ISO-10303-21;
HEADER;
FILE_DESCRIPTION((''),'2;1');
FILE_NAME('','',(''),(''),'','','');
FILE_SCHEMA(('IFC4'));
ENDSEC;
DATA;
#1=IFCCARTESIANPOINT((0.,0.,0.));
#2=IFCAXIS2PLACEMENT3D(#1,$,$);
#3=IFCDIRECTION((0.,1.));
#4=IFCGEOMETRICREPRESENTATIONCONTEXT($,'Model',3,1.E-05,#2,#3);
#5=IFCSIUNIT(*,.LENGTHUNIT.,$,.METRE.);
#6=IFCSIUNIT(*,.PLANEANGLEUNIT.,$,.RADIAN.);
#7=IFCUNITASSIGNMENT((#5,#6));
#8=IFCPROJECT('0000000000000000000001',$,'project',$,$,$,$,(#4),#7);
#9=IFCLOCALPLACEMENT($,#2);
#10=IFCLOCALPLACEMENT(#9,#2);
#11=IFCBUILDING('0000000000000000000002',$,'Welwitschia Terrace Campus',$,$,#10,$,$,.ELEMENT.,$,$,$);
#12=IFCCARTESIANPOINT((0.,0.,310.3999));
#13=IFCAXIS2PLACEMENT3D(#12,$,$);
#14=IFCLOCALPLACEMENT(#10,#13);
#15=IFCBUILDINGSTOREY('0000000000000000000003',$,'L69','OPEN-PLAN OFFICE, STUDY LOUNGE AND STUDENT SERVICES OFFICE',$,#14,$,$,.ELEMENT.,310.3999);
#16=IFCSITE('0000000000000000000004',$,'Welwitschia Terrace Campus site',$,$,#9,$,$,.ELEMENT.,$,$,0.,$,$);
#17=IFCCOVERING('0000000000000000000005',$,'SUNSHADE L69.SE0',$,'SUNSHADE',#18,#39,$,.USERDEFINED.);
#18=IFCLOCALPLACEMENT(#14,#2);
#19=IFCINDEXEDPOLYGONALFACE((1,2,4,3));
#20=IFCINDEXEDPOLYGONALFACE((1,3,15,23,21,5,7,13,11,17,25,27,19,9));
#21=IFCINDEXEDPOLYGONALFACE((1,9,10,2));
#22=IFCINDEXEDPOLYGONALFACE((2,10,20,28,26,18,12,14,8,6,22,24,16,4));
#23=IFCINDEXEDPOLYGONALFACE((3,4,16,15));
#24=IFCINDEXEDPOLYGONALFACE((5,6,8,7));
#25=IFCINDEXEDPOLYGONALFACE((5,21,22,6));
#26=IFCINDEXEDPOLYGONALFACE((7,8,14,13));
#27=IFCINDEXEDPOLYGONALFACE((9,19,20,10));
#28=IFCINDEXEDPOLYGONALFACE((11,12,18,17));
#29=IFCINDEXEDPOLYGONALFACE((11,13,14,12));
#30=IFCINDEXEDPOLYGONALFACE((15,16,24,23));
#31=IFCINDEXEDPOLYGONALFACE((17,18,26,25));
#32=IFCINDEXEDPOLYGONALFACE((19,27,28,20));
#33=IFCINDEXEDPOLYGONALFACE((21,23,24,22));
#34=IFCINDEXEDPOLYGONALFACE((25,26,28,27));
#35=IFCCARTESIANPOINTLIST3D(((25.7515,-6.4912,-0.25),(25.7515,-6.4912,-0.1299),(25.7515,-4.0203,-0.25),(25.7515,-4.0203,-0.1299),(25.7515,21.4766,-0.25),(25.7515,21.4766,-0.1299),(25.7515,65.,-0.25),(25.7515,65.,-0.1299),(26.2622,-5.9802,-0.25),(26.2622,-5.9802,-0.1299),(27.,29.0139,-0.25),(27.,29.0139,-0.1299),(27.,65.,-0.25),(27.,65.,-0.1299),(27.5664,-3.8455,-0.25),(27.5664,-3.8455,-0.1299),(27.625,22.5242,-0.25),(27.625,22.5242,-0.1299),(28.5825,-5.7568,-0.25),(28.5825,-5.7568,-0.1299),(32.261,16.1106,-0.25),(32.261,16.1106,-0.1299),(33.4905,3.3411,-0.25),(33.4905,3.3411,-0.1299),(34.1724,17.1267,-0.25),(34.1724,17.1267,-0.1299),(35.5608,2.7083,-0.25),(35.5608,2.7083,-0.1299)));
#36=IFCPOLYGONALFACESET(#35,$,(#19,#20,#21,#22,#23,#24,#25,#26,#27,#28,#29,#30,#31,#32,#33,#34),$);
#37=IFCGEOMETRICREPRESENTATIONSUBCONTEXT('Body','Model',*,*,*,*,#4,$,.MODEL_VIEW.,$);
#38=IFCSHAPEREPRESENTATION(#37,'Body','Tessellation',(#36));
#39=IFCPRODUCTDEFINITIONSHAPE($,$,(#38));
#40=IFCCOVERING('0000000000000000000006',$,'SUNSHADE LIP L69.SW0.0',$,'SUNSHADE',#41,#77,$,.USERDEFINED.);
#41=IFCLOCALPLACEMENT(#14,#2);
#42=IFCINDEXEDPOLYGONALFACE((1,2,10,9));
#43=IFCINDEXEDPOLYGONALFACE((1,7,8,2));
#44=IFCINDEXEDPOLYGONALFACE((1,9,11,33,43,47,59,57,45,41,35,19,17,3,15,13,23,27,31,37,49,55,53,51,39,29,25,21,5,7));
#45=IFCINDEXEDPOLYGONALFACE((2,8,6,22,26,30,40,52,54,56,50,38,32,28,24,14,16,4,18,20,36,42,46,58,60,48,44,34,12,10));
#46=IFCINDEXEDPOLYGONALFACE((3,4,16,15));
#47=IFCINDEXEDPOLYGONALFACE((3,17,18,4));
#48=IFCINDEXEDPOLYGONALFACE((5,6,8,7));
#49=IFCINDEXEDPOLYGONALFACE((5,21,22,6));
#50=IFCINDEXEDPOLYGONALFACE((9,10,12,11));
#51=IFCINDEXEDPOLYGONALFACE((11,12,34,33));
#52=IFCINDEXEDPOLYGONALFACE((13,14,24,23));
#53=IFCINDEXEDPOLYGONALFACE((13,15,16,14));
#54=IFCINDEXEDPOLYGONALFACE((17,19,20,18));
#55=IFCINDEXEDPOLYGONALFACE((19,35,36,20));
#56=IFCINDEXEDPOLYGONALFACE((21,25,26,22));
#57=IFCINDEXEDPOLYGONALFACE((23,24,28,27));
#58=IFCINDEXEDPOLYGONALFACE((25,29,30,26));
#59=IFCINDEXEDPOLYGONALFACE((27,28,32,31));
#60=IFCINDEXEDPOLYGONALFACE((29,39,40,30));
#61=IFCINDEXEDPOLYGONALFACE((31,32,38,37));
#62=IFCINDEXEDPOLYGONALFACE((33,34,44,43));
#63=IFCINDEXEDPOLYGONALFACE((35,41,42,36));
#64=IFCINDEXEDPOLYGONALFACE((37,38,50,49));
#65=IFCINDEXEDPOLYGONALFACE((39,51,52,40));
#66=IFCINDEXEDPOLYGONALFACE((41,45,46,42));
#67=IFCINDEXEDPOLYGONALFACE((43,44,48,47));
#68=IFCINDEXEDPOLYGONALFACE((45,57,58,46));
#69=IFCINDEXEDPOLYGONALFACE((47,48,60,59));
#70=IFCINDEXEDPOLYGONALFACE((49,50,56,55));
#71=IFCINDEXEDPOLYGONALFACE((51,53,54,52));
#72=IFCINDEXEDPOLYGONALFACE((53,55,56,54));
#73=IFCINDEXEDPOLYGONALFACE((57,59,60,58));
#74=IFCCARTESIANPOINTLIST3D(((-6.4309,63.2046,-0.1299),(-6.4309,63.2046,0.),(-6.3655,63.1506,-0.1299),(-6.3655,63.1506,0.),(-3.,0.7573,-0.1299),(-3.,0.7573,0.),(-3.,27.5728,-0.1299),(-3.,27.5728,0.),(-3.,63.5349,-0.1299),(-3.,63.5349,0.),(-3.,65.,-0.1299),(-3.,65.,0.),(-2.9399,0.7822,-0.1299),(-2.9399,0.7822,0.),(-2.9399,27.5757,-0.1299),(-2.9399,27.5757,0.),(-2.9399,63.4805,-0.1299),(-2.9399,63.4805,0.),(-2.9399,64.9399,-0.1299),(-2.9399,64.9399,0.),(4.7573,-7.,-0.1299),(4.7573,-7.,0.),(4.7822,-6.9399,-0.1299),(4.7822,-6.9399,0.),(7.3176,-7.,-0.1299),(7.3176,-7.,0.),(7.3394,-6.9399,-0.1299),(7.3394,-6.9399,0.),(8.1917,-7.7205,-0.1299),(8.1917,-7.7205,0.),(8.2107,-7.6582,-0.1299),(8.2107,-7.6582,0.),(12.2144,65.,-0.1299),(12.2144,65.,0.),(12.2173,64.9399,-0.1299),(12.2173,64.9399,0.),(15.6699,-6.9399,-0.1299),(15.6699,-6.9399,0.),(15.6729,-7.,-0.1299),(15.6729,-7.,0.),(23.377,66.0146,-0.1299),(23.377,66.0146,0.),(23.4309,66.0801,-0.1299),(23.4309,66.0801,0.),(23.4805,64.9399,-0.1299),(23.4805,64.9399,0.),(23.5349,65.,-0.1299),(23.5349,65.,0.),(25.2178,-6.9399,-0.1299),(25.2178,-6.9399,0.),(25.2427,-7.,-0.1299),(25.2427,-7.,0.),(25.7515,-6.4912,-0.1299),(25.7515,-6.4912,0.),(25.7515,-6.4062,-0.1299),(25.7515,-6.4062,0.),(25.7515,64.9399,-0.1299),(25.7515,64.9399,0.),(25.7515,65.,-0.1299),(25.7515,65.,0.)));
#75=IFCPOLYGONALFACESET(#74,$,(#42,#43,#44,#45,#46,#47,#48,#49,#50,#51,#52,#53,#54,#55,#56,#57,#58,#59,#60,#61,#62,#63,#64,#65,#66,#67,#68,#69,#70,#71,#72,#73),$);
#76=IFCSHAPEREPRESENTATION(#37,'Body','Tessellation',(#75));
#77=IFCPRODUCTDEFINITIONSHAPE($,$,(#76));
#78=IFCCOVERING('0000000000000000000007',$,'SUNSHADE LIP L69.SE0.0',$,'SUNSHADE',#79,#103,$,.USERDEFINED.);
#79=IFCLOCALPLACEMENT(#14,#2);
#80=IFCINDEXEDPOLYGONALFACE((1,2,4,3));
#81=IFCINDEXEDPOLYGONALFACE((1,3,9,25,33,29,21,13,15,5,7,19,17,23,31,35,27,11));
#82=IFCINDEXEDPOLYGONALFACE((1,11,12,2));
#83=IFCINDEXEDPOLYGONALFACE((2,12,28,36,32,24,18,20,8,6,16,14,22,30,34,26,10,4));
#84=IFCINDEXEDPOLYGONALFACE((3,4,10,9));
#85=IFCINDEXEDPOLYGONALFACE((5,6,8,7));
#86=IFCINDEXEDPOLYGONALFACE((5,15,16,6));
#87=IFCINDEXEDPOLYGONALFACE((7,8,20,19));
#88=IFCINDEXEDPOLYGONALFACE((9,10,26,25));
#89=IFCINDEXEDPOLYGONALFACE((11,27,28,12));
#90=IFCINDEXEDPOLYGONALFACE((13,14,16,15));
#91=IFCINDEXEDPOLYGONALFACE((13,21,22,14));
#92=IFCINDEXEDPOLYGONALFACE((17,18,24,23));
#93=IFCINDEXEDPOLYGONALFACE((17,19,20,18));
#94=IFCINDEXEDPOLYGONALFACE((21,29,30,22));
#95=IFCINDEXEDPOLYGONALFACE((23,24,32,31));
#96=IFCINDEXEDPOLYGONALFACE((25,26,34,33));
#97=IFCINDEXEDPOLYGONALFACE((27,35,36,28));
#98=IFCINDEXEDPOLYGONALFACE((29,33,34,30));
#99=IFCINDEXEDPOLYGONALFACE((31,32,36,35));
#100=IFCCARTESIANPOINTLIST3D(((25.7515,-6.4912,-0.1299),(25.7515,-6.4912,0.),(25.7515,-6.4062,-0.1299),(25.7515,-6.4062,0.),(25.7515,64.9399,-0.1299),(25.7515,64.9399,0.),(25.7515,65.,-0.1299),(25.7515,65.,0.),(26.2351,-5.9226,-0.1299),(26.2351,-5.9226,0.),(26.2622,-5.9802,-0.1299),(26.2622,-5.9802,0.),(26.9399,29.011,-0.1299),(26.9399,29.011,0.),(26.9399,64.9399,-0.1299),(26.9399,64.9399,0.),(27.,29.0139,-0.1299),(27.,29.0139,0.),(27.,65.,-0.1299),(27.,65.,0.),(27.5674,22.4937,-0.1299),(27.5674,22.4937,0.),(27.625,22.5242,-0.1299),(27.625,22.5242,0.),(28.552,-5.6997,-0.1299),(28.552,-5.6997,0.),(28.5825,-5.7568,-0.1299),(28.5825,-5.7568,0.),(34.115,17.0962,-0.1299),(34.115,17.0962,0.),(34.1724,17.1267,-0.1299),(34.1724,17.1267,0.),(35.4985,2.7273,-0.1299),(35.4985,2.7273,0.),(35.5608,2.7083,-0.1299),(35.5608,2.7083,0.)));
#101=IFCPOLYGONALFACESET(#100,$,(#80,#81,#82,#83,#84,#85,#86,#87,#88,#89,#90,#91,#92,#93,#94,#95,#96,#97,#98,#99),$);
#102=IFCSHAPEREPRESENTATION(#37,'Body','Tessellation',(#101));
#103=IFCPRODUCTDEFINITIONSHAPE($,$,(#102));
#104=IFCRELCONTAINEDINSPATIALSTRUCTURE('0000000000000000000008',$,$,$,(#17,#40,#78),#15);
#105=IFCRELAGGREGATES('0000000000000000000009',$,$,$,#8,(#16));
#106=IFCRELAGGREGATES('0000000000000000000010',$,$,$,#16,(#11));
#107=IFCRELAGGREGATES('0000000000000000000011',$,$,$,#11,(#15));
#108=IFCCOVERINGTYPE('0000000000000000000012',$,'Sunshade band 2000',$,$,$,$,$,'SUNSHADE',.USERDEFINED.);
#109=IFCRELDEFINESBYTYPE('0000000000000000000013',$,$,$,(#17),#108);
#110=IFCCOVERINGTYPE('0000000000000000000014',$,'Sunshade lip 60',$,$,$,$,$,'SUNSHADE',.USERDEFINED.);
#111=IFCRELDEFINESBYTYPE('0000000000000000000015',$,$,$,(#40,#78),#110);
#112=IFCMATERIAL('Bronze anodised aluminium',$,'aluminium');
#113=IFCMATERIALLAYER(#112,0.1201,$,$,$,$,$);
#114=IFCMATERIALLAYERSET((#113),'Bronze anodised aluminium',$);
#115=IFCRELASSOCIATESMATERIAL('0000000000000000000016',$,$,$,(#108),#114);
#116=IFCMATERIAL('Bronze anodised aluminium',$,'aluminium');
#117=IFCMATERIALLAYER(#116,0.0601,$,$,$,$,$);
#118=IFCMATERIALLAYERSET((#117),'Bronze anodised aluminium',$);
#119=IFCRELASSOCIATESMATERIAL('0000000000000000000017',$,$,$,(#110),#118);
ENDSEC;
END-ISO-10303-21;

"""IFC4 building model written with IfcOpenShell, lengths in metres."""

from ifc_helpers import new_model, si_unit, direction, frame, origin, place, context, subcontext, project, spatial, polyline, outline, extrude, material, layer, layer_set, type_object, element, save


model = new_model("IFC4")

# Units and contexts
model_context = context("Model", 3, precision=1e-05, world=origin(), true_north=direction((0.0, 1.0)))
body_context = subcontext(model_context, "Body", "Model", "MODEL_VIEW")
ifc_project = project(units=[si_unit("LENGTHUNIT", "METRE"), si_unit("PLANEANGLEUNIT", "RADIAN")], contexts=[model_context])

# Site, building, storey
site_placement = place(None, origin())
site = spatial("IfcSite", under=ifc_project, at=site_placement, Name="Welwitschia Terrace Campus site", CompositionType="ELEMENT", RefElevation=0.0)
building_placement = place(site_placement, origin())
building = spatial("IfcBuilding", under=site, at=building_placement, Name="Welwitschia Terrace Campus", CompositionType="ELEMENT")
storey_placement = place(building_placement, frame((0.0, 0.0, 310.3999)))
storey = spatial("IfcBuildingStorey", under=building, at=storey_placement, Name="L69", Description="OPEN-PLAN OFFICE, STUDY LOUNGE AND STUDENT SERVICES OFFICE", CompositionType="ELEMENT", Elevation=310.3999)

# Coverings
ifc_material_1 = material(Name="Bronze anodised aluminium", Category="aluminium")
ifc_layer_1 = layer(ifc_material_1, 0.1201)
ifc_layer_set_1 = layer_set([ifc_layer_1], Name="Bronze anodised aluminium")
covering_type_1 = type_object("IfcCoveringType", Name="Sunshade band 2000", ElementType="SUNSHADE", PredefinedType="USERDEFINED", material=ifc_layer_set_1)
covering_1_placement = place(storey_placement, frame((0.0, 0.0, -0.25)))
element("IfcCovering", 1, at=covering_1_placement, inside=storey, type_object=covering_type_1, Name="SUNSHADE L69.SE0", ObjectType="SUNSHADE", PredefinedType="USERDEFINED", context=body_context, shape_type="SweptSolid", body=[
    extrude(outline(polyline([(27.0, 65.0), (27.0, 29.0139), (27.625, 22.5242), (34.1724, 17.1267), (35.5608, 2.7083), (28.5825, -5.7568), (26.2622, -5.9802), (25.7515, -6.4912), (25.7515, -4.0203), (27.5664, -3.8455), (33.4905, 3.3411), (32.261, 16.1106), (25.7515, 21.4766), (25.7515, 65.0), (27.0, 65.0)])), origin(), (0.0, 0.0, 1.0), 0.1201),
])
ifc_material_2 = material(Name="Bronze anodised aluminium", Category="aluminium")
ifc_layer_2 = layer(ifc_material_2, 0.0601)
ifc_layer_set_2 = layer_set([ifc_layer_2], Name="Bronze anodised aluminium")
covering_type_2 = type_object("IfcCoveringType", Name="Sunshade lip 60", ElementType="SUNSHADE", PredefinedType="USERDEFINED", material=ifc_layer_set_2)
covering_2_placement = place(storey_placement, frame((0.0, 0.0, -0.1299)))
element("IfcCovering", 2, at=covering_2_placement, inside=storey, type_object=covering_type_2, Name="SUNSHADE LIP L69.SW0.0", ObjectType="SUNSHADE", PredefinedType="USERDEFINED", context=body_context, shape_type="SweptSolid", body=[
    extrude(outline(polyline([(-3.0, 65.0), (12.2144, 65.0), (23.4309, 66.0801), (23.5349, 65.0), (25.7515, 65.0), (25.7515, 64.9399), (23.4805, 64.9399), (23.377, 66.0146), (12.2173, 64.9399), (-2.9399, 64.9399), (-2.9399, 63.4805), (-6.3655, 63.1506), (-2.9399, 27.5757), (-2.9399, 0.7822), (4.7822, -6.9399), (7.3394, -6.9399), (8.2107, -7.6582), (15.6699, -6.9399), (25.2178, -6.9399), (25.7515, -6.4062), (25.7515, -6.4912), (25.2427, -7.0), (15.6729, -7.0), (8.1917, -7.7205), (7.3176, -7.0), (4.7573, -7.0), (-3.0, 0.7573), (-3.0, 27.5728), (-6.4309, 63.2046), (-3.0, 63.5349), (-3.0, 65.0)])), origin(), (0.0, 0.0, 1.0), 0.1299),
])
covering_3_placement = place(storey_placement, frame((0.0, 0.0, -0.1299)))
element("IfcCovering", 3, at=covering_3_placement, inside=storey, type_object=covering_type_2, Name="SUNSHADE LIP L69.SE0.0", ObjectType="SUNSHADE", PredefinedType="USERDEFINED", context=body_context, shape_type="SweptSolid", body=[
    extrude(outline(polyline([(27.0, 29.0139), (27.625, 22.5242), (34.1724, 17.1267), (35.5608, 2.7083), (28.5825, -5.7568), (26.2622, -5.9802), (25.7515, -6.4912), (25.7515, -6.4062), (26.2351, -5.9226), (28.552, -5.6997), (35.4985, 2.7273), (34.115, 17.0962), (27.5674, 22.4937), (26.9399, 29.011), (26.9399, 64.9399), (25.7515, 64.9399), (25.7515, 65.0), (27.0, 65.0), (27.0, 29.0139)])), origin(), (0.0, 0.0, 1.0), 0.1299),
])

save(model, "model.ifc")
